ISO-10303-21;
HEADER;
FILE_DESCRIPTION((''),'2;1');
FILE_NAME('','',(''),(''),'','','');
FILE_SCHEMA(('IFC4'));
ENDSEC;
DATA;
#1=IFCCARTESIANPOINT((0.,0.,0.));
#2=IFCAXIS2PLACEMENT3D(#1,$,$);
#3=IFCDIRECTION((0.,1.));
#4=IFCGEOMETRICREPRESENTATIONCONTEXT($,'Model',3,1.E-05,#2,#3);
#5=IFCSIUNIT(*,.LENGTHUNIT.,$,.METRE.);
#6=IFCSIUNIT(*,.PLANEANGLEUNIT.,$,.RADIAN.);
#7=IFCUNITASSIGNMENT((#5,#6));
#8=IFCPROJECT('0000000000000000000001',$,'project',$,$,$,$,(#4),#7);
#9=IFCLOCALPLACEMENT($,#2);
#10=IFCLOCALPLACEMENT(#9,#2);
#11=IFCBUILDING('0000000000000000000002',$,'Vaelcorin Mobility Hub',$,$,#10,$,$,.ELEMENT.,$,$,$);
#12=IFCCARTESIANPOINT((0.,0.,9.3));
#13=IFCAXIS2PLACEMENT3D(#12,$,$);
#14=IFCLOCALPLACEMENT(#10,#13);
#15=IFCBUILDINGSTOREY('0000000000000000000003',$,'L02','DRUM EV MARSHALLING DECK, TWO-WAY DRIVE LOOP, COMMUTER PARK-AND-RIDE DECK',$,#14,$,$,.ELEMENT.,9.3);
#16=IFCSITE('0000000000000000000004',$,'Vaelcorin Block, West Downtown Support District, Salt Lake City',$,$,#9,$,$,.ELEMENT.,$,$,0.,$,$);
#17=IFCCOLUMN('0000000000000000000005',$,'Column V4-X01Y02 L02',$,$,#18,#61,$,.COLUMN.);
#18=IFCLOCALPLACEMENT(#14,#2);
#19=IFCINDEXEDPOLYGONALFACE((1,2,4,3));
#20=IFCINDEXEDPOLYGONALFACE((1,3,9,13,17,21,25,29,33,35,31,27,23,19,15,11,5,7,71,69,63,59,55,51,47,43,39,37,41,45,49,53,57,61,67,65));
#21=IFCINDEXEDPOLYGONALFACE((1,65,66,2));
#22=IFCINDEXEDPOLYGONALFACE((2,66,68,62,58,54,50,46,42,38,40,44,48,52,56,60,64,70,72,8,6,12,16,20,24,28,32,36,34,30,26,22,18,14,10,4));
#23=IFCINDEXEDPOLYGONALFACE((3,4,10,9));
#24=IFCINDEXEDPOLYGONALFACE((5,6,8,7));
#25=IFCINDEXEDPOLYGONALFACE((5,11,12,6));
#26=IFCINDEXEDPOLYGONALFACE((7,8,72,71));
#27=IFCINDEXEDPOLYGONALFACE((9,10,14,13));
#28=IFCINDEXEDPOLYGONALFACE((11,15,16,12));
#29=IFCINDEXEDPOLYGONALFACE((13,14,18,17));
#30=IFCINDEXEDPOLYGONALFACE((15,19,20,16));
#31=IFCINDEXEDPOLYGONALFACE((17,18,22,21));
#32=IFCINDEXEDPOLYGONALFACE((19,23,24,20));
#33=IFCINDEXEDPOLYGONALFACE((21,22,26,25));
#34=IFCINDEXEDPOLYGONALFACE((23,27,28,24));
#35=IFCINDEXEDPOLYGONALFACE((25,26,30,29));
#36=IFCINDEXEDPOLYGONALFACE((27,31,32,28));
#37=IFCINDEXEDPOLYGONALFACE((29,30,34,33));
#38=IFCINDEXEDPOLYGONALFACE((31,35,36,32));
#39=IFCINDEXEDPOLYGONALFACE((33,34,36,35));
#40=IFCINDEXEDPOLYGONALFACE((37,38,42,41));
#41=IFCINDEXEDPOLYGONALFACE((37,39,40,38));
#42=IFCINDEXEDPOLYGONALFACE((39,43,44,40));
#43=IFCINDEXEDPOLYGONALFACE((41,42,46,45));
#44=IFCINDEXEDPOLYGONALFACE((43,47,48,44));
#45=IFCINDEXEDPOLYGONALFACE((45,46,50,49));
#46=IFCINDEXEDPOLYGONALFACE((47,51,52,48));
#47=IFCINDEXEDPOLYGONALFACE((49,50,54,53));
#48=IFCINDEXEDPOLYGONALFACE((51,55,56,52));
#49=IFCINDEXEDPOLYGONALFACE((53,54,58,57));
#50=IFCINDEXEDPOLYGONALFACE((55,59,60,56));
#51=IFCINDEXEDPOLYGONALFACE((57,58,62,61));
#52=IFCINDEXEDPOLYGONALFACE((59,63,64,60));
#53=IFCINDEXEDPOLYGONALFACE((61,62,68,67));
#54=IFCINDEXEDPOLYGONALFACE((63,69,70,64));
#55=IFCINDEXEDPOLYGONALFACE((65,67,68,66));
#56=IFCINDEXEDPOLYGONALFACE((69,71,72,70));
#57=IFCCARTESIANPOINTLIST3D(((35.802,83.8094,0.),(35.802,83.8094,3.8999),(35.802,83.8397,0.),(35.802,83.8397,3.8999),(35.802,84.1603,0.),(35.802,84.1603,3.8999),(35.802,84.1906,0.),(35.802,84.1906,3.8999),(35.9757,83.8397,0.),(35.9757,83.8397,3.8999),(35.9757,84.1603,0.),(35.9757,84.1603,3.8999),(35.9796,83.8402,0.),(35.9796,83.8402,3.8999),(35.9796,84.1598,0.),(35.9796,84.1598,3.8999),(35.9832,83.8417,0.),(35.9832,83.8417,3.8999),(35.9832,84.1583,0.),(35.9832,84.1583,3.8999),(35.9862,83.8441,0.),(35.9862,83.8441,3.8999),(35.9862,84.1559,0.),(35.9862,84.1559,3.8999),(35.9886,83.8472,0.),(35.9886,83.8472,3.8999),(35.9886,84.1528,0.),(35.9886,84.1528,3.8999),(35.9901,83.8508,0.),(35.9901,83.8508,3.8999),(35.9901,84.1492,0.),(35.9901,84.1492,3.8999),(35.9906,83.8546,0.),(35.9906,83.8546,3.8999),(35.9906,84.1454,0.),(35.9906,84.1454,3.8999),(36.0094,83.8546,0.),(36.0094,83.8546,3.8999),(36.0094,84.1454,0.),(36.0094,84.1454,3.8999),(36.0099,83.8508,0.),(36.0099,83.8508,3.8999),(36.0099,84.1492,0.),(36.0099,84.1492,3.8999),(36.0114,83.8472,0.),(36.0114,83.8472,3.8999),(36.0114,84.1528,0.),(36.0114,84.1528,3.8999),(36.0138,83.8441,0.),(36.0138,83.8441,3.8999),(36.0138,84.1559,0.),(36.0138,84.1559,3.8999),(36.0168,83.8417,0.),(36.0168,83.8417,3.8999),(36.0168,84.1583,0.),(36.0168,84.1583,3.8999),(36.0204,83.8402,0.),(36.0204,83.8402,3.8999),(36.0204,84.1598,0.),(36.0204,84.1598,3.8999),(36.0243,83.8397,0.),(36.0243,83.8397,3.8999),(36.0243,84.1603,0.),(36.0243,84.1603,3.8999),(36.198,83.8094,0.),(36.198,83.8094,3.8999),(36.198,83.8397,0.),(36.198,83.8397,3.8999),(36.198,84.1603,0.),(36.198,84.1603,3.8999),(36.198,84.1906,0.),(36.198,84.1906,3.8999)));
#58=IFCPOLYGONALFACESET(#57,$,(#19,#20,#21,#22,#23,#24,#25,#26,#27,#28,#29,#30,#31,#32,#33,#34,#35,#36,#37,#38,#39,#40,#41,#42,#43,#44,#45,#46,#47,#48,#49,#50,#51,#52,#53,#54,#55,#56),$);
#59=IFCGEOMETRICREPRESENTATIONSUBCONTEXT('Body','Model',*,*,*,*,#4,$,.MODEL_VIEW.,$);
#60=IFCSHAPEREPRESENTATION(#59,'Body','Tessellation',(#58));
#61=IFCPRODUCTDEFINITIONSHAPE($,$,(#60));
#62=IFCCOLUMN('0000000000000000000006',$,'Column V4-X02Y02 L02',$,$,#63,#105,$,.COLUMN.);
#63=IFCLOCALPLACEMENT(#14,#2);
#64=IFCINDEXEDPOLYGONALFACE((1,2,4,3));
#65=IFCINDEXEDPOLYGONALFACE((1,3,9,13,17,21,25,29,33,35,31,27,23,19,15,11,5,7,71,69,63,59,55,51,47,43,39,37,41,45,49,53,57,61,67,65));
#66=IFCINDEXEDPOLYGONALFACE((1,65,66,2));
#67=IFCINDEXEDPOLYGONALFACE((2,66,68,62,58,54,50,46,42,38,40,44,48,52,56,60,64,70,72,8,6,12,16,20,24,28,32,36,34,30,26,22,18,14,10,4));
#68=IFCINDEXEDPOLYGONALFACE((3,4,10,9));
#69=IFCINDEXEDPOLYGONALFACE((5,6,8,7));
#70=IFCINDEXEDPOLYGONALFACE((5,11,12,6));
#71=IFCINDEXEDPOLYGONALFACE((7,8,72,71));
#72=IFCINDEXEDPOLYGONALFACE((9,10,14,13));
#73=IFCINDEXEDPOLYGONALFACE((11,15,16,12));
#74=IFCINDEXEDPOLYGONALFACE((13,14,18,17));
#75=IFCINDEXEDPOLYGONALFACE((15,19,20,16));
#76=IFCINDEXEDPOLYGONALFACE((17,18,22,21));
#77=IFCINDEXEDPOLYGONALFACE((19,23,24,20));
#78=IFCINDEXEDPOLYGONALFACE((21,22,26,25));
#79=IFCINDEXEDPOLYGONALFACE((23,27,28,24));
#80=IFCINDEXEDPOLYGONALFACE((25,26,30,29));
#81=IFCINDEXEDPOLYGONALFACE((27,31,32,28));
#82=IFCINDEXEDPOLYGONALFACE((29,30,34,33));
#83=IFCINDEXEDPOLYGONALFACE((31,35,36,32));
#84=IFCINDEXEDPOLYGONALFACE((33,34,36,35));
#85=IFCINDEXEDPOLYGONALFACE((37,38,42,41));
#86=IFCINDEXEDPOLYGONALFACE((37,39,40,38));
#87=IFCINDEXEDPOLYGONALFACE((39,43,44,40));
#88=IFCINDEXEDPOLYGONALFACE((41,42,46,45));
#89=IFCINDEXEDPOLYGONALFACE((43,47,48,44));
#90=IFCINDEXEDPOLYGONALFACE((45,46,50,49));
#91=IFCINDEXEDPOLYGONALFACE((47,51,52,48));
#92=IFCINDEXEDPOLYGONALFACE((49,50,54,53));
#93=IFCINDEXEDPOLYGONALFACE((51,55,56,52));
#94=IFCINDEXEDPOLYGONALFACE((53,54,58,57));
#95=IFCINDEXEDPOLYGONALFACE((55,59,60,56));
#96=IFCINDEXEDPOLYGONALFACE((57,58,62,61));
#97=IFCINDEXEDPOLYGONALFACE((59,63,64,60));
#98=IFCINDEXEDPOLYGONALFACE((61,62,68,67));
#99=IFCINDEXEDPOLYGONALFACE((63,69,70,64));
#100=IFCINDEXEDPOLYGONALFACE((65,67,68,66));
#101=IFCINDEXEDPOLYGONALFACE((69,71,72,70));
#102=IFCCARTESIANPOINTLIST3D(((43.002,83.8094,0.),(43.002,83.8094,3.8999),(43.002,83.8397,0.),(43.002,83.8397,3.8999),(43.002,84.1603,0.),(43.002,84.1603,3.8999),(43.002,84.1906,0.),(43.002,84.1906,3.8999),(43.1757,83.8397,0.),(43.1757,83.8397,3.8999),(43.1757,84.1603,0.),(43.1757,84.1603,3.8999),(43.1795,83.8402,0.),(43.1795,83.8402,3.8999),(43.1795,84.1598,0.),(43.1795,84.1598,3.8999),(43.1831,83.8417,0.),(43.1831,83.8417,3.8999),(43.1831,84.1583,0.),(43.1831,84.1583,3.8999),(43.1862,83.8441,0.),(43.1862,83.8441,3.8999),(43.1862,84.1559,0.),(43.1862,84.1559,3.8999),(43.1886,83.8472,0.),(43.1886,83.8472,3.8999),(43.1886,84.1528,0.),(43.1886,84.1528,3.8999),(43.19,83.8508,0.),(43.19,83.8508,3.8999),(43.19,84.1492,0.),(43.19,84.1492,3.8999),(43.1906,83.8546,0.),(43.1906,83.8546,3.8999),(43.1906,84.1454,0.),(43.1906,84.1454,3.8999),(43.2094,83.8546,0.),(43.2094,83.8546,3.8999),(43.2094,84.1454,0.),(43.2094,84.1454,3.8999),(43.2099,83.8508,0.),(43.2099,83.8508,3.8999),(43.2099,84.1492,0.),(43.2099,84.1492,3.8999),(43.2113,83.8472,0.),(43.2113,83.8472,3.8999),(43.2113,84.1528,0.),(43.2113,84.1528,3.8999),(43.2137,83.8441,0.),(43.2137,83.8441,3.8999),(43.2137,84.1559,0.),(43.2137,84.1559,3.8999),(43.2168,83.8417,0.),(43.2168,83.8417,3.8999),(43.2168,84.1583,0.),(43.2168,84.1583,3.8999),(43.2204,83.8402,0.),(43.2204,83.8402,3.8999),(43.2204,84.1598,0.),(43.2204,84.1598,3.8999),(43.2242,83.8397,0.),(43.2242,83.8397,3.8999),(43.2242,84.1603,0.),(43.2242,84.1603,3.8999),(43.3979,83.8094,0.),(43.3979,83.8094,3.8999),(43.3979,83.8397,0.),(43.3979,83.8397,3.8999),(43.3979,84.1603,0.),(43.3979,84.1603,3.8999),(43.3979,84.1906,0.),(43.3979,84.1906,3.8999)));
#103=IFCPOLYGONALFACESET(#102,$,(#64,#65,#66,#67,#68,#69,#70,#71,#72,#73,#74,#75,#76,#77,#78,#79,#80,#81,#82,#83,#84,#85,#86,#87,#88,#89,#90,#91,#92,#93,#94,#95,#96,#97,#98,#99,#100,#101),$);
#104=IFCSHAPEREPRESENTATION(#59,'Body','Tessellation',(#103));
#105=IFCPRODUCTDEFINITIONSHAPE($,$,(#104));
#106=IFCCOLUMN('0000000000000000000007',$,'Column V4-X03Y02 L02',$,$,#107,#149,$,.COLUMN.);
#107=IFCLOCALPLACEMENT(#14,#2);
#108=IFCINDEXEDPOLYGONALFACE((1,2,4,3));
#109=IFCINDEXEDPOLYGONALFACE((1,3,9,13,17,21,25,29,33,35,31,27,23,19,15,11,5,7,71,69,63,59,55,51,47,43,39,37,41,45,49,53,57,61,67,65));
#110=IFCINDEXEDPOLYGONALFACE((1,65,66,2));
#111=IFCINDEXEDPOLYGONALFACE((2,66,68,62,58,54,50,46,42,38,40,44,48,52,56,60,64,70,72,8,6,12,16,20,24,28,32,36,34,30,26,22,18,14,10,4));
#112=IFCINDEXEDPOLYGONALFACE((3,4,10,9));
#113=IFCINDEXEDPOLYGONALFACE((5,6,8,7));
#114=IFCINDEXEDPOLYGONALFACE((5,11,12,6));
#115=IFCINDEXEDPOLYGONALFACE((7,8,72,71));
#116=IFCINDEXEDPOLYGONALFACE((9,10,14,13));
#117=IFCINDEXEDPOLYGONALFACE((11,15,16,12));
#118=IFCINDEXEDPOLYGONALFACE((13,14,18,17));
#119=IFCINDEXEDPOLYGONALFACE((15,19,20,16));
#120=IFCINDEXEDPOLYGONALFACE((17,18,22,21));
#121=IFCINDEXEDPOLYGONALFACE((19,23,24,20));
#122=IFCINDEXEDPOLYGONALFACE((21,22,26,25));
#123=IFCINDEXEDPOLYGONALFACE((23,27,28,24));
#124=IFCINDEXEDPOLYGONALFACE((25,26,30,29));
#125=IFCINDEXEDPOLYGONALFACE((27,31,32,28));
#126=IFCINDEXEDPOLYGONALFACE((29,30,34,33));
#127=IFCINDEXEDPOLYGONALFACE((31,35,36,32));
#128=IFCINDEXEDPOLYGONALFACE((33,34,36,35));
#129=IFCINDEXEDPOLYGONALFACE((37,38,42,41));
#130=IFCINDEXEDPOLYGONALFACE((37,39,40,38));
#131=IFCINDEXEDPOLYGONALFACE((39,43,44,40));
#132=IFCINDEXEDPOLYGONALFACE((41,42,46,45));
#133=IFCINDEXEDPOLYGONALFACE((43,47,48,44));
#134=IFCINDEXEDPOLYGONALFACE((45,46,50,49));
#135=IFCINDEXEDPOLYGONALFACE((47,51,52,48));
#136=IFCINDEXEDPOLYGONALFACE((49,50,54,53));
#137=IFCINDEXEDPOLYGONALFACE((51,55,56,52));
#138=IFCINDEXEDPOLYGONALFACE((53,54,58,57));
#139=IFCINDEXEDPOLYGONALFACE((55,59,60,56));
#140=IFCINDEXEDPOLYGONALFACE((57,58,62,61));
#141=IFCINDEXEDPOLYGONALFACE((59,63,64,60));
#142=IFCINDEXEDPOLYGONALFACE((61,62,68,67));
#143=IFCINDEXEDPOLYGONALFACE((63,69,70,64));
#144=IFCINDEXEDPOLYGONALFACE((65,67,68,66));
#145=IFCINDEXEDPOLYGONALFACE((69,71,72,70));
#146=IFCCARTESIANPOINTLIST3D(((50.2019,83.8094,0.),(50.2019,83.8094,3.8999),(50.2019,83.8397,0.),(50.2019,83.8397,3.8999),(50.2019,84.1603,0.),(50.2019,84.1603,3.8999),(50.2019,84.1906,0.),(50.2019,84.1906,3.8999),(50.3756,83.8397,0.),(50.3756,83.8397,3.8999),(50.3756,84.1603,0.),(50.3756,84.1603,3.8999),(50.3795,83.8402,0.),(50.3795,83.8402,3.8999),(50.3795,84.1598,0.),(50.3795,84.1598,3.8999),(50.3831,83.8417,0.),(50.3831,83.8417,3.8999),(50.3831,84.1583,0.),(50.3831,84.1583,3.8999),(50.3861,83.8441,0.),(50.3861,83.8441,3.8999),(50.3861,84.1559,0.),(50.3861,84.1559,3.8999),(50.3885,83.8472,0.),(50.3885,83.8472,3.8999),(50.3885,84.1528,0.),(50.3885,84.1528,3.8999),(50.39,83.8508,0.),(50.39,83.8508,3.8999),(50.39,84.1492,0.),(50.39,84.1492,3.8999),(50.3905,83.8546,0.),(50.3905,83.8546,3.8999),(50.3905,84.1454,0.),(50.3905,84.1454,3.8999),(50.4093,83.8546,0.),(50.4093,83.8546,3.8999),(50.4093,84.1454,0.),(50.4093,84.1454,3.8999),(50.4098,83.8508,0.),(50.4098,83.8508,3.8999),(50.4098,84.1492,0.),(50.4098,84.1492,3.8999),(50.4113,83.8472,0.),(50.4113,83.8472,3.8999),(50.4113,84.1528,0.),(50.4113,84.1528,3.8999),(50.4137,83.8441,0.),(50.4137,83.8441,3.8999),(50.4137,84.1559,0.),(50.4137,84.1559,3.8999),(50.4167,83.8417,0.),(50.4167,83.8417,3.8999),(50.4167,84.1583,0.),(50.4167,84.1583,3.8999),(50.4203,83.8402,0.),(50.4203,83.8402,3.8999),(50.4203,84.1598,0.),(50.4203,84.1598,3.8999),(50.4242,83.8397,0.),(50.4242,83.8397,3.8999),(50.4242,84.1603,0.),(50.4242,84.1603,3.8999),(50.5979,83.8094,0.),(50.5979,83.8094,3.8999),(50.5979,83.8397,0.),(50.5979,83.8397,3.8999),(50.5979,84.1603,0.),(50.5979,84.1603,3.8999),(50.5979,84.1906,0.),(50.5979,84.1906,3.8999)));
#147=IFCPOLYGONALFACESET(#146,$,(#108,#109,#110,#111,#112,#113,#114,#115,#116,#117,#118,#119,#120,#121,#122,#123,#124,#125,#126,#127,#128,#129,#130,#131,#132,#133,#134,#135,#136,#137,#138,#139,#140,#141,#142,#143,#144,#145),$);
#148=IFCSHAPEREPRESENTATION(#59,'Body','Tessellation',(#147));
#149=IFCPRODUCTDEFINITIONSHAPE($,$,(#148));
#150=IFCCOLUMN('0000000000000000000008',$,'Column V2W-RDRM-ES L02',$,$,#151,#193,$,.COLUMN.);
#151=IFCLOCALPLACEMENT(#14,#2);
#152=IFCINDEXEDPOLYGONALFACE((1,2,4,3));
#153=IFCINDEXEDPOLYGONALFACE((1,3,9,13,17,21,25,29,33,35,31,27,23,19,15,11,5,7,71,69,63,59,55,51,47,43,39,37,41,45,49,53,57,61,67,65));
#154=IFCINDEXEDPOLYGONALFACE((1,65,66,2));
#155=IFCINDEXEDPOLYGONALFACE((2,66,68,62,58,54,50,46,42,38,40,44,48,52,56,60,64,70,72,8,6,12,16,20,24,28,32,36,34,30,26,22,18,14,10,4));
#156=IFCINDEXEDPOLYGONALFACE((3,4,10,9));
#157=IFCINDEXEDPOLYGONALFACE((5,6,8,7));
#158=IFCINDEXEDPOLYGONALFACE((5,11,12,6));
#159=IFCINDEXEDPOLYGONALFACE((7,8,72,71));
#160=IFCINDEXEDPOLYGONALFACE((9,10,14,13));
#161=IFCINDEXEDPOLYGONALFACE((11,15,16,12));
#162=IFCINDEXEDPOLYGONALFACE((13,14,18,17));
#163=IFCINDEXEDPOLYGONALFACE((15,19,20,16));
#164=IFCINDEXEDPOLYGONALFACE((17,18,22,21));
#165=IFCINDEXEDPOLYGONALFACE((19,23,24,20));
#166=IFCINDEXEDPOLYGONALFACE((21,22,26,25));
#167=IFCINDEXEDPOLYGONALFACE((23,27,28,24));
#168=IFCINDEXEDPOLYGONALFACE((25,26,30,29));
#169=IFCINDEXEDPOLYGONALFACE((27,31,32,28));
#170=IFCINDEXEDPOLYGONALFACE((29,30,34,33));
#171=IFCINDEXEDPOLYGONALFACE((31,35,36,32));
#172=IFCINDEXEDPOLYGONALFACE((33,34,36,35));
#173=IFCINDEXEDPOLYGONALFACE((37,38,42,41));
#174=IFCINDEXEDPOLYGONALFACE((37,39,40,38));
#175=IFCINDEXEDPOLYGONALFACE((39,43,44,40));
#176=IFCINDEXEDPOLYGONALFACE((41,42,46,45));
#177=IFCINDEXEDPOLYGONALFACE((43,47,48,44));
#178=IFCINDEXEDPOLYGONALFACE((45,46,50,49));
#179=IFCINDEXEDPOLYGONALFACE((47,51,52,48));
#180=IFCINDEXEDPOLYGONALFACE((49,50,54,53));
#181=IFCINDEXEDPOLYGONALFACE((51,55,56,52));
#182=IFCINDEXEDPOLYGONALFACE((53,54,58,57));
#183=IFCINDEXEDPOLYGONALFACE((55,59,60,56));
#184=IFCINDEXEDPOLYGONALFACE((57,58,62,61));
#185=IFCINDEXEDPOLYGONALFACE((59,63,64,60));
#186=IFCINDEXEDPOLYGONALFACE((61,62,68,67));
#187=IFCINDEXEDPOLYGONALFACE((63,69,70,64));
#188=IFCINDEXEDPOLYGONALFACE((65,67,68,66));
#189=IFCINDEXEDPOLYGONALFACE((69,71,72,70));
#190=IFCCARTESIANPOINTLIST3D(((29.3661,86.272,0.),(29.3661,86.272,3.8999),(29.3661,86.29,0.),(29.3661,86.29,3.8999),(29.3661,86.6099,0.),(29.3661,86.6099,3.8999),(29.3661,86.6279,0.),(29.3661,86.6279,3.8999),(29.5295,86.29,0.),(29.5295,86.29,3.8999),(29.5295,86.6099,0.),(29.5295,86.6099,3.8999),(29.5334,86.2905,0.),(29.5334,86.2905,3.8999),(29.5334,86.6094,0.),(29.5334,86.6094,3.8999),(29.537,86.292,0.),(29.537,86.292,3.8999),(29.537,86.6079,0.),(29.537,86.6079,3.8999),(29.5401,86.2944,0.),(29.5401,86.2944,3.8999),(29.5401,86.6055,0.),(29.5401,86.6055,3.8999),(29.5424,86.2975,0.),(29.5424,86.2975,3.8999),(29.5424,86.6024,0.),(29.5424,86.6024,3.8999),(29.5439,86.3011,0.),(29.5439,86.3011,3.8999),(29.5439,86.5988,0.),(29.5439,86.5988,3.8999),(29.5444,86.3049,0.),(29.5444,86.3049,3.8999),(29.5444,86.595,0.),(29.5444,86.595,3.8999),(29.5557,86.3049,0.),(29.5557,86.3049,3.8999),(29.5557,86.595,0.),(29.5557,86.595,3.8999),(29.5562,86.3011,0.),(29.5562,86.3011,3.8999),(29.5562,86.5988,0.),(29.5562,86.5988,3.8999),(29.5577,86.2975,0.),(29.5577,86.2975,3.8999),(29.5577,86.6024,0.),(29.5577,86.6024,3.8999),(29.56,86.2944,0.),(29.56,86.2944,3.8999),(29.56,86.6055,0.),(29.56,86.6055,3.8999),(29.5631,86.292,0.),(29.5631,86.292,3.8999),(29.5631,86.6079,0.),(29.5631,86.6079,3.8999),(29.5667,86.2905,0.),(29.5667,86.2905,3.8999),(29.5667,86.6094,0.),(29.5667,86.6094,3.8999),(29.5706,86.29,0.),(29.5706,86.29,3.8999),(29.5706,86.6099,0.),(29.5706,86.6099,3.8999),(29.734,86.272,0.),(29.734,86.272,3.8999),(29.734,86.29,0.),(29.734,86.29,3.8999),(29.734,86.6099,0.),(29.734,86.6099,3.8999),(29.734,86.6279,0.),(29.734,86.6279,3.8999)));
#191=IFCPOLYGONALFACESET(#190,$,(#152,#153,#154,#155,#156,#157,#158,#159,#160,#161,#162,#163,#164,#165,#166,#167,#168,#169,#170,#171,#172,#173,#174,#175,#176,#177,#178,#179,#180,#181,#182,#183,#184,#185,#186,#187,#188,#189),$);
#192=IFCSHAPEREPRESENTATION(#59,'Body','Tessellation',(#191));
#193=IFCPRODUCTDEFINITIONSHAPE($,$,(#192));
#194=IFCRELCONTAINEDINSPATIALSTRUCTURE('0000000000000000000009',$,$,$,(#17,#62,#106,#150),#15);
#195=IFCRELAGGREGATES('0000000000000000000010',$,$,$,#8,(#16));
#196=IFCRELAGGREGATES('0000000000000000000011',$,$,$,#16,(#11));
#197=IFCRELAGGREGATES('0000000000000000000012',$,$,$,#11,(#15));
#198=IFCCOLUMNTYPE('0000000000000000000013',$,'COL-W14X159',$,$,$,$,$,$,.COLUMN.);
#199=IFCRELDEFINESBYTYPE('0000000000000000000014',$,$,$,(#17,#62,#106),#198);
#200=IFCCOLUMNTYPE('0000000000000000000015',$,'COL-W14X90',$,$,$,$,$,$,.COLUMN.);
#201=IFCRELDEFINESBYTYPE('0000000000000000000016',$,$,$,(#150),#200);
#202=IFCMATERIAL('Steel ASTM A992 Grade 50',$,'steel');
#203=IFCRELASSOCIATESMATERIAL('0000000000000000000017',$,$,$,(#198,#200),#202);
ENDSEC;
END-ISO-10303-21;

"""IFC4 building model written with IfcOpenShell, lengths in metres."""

from ifc_helpers import new_model, si_unit, direction, frame, origin, origin_2d, place, context, subcontext, project, spatial, i_section, extrude, material, material_profile, profile_set, type_object, element, save


model = new_model("IFC4")

# Units and contexts
model_context = context("Model", 3, precision=1e-05, world=origin(), true_north=direction((0.0, 1.0)))
body_context = subcontext(model_context, "Body", "Model", "MODEL_VIEW")
ifc_project = project(units=[si_unit("LENGTHUNIT", "METRE"), si_unit("PLANEANGLEUNIT", "RADIAN")], contexts=[model_context])

# Site, building, storey
site_placement = place(None, origin())
site = spatial("IfcSite", under=ifc_project, at=site_placement, Name="Vaelcorin Block, West Downtown Support District, Salt Lake City", CompositionType="ELEMENT", RefElevation=0.0)
building_placement = place(site_placement, origin())
building = spatial("IfcBuilding", under=site, at=building_placement, Name="Vaelcorin Mobility Hub", CompositionType="ELEMENT")
storey_placement = place(building_placement, frame((0.0, 0.0, 9.3)))
storey = spatial("IfcBuildingStorey", under=building, at=storey_placement, Name="L02", Description="DRUM EV MARSHALLING DECK, TWO-WAY DRIVE LOOP, COMMUTER PARK-AND-RIDE DECK", CompositionType="ELEMENT", Elevation=9.3)

# Columns
ifc_material_1 = material(Name="Steel ASTM A992 Grade 50", Category="steel")
ifc_material_profile_1 = material_profile(ifc_material_1, i_section(OverallWidth=0.396, OverallDepth=0.3811, WebThickness=0.0188, FlangeThickness=0.0303, FilletRadius=0.0149, at=origin_2d()), Name="W14X159")
ifc_profile_set_1 = profile_set([ifc_material_profile_1], Name="Steel ASTM A992 Grade 50")
column_type_1 = type_object("IfcColumnType", Name="COL-W14X159", PredefinedType="COLUMN", material=ifc_profile_set_1)
for number, where, z_axis, x_axis, name in (
    (1, (36.0, 84.0, 0.0), (0.0, 0.0, 1.0), (1.0, 0.0, 0.0), "Column V4-X01Y02 L02"),
    (2, (43.2, 84.0, 0.0), (0.0, 0.0, 1.0), (1.0, 0.0, 0.0), "Column V4-X02Y02 L02"),
    (3, (50.3999, 84.0, 0.0), (0.0, 0.0, 1.0), (1.0, 0.0, 0.0), "Column V4-X03Y02 L02"),
):
    element("IfcColumn", number, at=place(storey_placement, frame(where, z_axis=z_axis, x_axis=x_axis)), inside=storey, type_object=column_type_1, Name=name, PredefinedType="COLUMN", context=body_context, shape_type="SweptSolid", body=[
        extrude(i_section(OverallWidth=0.396, OverallDepth=0.3811, WebThickness=0.0188, FlangeThickness=0.0303, FilletRadius=0.0149, at=origin_2d()), origin(), (0.0, 0.0, 1.0), 3.8999),
    ])
ifc_material_profile_2 = material_profile(ifc_material_1, i_section(OverallWidth=0.3679, OverallDepth=0.356, WebThickness=0.0112, FlangeThickness=0.0181, FilletRadius=0.0149, at=origin_2d()), Name="W14X90")
ifc_profile_set_2 = profile_set([ifc_material_profile_2], Name="Steel ASTM A992 Grade 50")
column_type_2 = type_object("IfcColumnType", Name="COL-W14X90", PredefinedType="COLUMN", material=ifc_profile_set_2)
for number, where, z_axis, x_axis, name in (
    (4, (29.55, 86.45, 0.0), (0.0, 0.0, 1.0), (1.0, 0.0, 0.0), "Column V2W-RDRM-ES L02"),
):
    element("IfcColumn", number, at=place(storey_placement, frame(where, z_axis=z_axis, x_axis=x_axis)), inside=storey, type_object=column_type_2, Name=name, PredefinedType="COLUMN", context=body_context, shape_type="SweptSolid", body=[
        extrude(i_section(OverallWidth=0.3679, OverallDepth=0.356, WebThickness=0.0112, FlangeThickness=0.0181, FilletRadius=0.0149, at=origin_2d()), origin(), (0.0, 0.0, 1.0), 3.8999),
    ])

save(model, "model.ifc")
